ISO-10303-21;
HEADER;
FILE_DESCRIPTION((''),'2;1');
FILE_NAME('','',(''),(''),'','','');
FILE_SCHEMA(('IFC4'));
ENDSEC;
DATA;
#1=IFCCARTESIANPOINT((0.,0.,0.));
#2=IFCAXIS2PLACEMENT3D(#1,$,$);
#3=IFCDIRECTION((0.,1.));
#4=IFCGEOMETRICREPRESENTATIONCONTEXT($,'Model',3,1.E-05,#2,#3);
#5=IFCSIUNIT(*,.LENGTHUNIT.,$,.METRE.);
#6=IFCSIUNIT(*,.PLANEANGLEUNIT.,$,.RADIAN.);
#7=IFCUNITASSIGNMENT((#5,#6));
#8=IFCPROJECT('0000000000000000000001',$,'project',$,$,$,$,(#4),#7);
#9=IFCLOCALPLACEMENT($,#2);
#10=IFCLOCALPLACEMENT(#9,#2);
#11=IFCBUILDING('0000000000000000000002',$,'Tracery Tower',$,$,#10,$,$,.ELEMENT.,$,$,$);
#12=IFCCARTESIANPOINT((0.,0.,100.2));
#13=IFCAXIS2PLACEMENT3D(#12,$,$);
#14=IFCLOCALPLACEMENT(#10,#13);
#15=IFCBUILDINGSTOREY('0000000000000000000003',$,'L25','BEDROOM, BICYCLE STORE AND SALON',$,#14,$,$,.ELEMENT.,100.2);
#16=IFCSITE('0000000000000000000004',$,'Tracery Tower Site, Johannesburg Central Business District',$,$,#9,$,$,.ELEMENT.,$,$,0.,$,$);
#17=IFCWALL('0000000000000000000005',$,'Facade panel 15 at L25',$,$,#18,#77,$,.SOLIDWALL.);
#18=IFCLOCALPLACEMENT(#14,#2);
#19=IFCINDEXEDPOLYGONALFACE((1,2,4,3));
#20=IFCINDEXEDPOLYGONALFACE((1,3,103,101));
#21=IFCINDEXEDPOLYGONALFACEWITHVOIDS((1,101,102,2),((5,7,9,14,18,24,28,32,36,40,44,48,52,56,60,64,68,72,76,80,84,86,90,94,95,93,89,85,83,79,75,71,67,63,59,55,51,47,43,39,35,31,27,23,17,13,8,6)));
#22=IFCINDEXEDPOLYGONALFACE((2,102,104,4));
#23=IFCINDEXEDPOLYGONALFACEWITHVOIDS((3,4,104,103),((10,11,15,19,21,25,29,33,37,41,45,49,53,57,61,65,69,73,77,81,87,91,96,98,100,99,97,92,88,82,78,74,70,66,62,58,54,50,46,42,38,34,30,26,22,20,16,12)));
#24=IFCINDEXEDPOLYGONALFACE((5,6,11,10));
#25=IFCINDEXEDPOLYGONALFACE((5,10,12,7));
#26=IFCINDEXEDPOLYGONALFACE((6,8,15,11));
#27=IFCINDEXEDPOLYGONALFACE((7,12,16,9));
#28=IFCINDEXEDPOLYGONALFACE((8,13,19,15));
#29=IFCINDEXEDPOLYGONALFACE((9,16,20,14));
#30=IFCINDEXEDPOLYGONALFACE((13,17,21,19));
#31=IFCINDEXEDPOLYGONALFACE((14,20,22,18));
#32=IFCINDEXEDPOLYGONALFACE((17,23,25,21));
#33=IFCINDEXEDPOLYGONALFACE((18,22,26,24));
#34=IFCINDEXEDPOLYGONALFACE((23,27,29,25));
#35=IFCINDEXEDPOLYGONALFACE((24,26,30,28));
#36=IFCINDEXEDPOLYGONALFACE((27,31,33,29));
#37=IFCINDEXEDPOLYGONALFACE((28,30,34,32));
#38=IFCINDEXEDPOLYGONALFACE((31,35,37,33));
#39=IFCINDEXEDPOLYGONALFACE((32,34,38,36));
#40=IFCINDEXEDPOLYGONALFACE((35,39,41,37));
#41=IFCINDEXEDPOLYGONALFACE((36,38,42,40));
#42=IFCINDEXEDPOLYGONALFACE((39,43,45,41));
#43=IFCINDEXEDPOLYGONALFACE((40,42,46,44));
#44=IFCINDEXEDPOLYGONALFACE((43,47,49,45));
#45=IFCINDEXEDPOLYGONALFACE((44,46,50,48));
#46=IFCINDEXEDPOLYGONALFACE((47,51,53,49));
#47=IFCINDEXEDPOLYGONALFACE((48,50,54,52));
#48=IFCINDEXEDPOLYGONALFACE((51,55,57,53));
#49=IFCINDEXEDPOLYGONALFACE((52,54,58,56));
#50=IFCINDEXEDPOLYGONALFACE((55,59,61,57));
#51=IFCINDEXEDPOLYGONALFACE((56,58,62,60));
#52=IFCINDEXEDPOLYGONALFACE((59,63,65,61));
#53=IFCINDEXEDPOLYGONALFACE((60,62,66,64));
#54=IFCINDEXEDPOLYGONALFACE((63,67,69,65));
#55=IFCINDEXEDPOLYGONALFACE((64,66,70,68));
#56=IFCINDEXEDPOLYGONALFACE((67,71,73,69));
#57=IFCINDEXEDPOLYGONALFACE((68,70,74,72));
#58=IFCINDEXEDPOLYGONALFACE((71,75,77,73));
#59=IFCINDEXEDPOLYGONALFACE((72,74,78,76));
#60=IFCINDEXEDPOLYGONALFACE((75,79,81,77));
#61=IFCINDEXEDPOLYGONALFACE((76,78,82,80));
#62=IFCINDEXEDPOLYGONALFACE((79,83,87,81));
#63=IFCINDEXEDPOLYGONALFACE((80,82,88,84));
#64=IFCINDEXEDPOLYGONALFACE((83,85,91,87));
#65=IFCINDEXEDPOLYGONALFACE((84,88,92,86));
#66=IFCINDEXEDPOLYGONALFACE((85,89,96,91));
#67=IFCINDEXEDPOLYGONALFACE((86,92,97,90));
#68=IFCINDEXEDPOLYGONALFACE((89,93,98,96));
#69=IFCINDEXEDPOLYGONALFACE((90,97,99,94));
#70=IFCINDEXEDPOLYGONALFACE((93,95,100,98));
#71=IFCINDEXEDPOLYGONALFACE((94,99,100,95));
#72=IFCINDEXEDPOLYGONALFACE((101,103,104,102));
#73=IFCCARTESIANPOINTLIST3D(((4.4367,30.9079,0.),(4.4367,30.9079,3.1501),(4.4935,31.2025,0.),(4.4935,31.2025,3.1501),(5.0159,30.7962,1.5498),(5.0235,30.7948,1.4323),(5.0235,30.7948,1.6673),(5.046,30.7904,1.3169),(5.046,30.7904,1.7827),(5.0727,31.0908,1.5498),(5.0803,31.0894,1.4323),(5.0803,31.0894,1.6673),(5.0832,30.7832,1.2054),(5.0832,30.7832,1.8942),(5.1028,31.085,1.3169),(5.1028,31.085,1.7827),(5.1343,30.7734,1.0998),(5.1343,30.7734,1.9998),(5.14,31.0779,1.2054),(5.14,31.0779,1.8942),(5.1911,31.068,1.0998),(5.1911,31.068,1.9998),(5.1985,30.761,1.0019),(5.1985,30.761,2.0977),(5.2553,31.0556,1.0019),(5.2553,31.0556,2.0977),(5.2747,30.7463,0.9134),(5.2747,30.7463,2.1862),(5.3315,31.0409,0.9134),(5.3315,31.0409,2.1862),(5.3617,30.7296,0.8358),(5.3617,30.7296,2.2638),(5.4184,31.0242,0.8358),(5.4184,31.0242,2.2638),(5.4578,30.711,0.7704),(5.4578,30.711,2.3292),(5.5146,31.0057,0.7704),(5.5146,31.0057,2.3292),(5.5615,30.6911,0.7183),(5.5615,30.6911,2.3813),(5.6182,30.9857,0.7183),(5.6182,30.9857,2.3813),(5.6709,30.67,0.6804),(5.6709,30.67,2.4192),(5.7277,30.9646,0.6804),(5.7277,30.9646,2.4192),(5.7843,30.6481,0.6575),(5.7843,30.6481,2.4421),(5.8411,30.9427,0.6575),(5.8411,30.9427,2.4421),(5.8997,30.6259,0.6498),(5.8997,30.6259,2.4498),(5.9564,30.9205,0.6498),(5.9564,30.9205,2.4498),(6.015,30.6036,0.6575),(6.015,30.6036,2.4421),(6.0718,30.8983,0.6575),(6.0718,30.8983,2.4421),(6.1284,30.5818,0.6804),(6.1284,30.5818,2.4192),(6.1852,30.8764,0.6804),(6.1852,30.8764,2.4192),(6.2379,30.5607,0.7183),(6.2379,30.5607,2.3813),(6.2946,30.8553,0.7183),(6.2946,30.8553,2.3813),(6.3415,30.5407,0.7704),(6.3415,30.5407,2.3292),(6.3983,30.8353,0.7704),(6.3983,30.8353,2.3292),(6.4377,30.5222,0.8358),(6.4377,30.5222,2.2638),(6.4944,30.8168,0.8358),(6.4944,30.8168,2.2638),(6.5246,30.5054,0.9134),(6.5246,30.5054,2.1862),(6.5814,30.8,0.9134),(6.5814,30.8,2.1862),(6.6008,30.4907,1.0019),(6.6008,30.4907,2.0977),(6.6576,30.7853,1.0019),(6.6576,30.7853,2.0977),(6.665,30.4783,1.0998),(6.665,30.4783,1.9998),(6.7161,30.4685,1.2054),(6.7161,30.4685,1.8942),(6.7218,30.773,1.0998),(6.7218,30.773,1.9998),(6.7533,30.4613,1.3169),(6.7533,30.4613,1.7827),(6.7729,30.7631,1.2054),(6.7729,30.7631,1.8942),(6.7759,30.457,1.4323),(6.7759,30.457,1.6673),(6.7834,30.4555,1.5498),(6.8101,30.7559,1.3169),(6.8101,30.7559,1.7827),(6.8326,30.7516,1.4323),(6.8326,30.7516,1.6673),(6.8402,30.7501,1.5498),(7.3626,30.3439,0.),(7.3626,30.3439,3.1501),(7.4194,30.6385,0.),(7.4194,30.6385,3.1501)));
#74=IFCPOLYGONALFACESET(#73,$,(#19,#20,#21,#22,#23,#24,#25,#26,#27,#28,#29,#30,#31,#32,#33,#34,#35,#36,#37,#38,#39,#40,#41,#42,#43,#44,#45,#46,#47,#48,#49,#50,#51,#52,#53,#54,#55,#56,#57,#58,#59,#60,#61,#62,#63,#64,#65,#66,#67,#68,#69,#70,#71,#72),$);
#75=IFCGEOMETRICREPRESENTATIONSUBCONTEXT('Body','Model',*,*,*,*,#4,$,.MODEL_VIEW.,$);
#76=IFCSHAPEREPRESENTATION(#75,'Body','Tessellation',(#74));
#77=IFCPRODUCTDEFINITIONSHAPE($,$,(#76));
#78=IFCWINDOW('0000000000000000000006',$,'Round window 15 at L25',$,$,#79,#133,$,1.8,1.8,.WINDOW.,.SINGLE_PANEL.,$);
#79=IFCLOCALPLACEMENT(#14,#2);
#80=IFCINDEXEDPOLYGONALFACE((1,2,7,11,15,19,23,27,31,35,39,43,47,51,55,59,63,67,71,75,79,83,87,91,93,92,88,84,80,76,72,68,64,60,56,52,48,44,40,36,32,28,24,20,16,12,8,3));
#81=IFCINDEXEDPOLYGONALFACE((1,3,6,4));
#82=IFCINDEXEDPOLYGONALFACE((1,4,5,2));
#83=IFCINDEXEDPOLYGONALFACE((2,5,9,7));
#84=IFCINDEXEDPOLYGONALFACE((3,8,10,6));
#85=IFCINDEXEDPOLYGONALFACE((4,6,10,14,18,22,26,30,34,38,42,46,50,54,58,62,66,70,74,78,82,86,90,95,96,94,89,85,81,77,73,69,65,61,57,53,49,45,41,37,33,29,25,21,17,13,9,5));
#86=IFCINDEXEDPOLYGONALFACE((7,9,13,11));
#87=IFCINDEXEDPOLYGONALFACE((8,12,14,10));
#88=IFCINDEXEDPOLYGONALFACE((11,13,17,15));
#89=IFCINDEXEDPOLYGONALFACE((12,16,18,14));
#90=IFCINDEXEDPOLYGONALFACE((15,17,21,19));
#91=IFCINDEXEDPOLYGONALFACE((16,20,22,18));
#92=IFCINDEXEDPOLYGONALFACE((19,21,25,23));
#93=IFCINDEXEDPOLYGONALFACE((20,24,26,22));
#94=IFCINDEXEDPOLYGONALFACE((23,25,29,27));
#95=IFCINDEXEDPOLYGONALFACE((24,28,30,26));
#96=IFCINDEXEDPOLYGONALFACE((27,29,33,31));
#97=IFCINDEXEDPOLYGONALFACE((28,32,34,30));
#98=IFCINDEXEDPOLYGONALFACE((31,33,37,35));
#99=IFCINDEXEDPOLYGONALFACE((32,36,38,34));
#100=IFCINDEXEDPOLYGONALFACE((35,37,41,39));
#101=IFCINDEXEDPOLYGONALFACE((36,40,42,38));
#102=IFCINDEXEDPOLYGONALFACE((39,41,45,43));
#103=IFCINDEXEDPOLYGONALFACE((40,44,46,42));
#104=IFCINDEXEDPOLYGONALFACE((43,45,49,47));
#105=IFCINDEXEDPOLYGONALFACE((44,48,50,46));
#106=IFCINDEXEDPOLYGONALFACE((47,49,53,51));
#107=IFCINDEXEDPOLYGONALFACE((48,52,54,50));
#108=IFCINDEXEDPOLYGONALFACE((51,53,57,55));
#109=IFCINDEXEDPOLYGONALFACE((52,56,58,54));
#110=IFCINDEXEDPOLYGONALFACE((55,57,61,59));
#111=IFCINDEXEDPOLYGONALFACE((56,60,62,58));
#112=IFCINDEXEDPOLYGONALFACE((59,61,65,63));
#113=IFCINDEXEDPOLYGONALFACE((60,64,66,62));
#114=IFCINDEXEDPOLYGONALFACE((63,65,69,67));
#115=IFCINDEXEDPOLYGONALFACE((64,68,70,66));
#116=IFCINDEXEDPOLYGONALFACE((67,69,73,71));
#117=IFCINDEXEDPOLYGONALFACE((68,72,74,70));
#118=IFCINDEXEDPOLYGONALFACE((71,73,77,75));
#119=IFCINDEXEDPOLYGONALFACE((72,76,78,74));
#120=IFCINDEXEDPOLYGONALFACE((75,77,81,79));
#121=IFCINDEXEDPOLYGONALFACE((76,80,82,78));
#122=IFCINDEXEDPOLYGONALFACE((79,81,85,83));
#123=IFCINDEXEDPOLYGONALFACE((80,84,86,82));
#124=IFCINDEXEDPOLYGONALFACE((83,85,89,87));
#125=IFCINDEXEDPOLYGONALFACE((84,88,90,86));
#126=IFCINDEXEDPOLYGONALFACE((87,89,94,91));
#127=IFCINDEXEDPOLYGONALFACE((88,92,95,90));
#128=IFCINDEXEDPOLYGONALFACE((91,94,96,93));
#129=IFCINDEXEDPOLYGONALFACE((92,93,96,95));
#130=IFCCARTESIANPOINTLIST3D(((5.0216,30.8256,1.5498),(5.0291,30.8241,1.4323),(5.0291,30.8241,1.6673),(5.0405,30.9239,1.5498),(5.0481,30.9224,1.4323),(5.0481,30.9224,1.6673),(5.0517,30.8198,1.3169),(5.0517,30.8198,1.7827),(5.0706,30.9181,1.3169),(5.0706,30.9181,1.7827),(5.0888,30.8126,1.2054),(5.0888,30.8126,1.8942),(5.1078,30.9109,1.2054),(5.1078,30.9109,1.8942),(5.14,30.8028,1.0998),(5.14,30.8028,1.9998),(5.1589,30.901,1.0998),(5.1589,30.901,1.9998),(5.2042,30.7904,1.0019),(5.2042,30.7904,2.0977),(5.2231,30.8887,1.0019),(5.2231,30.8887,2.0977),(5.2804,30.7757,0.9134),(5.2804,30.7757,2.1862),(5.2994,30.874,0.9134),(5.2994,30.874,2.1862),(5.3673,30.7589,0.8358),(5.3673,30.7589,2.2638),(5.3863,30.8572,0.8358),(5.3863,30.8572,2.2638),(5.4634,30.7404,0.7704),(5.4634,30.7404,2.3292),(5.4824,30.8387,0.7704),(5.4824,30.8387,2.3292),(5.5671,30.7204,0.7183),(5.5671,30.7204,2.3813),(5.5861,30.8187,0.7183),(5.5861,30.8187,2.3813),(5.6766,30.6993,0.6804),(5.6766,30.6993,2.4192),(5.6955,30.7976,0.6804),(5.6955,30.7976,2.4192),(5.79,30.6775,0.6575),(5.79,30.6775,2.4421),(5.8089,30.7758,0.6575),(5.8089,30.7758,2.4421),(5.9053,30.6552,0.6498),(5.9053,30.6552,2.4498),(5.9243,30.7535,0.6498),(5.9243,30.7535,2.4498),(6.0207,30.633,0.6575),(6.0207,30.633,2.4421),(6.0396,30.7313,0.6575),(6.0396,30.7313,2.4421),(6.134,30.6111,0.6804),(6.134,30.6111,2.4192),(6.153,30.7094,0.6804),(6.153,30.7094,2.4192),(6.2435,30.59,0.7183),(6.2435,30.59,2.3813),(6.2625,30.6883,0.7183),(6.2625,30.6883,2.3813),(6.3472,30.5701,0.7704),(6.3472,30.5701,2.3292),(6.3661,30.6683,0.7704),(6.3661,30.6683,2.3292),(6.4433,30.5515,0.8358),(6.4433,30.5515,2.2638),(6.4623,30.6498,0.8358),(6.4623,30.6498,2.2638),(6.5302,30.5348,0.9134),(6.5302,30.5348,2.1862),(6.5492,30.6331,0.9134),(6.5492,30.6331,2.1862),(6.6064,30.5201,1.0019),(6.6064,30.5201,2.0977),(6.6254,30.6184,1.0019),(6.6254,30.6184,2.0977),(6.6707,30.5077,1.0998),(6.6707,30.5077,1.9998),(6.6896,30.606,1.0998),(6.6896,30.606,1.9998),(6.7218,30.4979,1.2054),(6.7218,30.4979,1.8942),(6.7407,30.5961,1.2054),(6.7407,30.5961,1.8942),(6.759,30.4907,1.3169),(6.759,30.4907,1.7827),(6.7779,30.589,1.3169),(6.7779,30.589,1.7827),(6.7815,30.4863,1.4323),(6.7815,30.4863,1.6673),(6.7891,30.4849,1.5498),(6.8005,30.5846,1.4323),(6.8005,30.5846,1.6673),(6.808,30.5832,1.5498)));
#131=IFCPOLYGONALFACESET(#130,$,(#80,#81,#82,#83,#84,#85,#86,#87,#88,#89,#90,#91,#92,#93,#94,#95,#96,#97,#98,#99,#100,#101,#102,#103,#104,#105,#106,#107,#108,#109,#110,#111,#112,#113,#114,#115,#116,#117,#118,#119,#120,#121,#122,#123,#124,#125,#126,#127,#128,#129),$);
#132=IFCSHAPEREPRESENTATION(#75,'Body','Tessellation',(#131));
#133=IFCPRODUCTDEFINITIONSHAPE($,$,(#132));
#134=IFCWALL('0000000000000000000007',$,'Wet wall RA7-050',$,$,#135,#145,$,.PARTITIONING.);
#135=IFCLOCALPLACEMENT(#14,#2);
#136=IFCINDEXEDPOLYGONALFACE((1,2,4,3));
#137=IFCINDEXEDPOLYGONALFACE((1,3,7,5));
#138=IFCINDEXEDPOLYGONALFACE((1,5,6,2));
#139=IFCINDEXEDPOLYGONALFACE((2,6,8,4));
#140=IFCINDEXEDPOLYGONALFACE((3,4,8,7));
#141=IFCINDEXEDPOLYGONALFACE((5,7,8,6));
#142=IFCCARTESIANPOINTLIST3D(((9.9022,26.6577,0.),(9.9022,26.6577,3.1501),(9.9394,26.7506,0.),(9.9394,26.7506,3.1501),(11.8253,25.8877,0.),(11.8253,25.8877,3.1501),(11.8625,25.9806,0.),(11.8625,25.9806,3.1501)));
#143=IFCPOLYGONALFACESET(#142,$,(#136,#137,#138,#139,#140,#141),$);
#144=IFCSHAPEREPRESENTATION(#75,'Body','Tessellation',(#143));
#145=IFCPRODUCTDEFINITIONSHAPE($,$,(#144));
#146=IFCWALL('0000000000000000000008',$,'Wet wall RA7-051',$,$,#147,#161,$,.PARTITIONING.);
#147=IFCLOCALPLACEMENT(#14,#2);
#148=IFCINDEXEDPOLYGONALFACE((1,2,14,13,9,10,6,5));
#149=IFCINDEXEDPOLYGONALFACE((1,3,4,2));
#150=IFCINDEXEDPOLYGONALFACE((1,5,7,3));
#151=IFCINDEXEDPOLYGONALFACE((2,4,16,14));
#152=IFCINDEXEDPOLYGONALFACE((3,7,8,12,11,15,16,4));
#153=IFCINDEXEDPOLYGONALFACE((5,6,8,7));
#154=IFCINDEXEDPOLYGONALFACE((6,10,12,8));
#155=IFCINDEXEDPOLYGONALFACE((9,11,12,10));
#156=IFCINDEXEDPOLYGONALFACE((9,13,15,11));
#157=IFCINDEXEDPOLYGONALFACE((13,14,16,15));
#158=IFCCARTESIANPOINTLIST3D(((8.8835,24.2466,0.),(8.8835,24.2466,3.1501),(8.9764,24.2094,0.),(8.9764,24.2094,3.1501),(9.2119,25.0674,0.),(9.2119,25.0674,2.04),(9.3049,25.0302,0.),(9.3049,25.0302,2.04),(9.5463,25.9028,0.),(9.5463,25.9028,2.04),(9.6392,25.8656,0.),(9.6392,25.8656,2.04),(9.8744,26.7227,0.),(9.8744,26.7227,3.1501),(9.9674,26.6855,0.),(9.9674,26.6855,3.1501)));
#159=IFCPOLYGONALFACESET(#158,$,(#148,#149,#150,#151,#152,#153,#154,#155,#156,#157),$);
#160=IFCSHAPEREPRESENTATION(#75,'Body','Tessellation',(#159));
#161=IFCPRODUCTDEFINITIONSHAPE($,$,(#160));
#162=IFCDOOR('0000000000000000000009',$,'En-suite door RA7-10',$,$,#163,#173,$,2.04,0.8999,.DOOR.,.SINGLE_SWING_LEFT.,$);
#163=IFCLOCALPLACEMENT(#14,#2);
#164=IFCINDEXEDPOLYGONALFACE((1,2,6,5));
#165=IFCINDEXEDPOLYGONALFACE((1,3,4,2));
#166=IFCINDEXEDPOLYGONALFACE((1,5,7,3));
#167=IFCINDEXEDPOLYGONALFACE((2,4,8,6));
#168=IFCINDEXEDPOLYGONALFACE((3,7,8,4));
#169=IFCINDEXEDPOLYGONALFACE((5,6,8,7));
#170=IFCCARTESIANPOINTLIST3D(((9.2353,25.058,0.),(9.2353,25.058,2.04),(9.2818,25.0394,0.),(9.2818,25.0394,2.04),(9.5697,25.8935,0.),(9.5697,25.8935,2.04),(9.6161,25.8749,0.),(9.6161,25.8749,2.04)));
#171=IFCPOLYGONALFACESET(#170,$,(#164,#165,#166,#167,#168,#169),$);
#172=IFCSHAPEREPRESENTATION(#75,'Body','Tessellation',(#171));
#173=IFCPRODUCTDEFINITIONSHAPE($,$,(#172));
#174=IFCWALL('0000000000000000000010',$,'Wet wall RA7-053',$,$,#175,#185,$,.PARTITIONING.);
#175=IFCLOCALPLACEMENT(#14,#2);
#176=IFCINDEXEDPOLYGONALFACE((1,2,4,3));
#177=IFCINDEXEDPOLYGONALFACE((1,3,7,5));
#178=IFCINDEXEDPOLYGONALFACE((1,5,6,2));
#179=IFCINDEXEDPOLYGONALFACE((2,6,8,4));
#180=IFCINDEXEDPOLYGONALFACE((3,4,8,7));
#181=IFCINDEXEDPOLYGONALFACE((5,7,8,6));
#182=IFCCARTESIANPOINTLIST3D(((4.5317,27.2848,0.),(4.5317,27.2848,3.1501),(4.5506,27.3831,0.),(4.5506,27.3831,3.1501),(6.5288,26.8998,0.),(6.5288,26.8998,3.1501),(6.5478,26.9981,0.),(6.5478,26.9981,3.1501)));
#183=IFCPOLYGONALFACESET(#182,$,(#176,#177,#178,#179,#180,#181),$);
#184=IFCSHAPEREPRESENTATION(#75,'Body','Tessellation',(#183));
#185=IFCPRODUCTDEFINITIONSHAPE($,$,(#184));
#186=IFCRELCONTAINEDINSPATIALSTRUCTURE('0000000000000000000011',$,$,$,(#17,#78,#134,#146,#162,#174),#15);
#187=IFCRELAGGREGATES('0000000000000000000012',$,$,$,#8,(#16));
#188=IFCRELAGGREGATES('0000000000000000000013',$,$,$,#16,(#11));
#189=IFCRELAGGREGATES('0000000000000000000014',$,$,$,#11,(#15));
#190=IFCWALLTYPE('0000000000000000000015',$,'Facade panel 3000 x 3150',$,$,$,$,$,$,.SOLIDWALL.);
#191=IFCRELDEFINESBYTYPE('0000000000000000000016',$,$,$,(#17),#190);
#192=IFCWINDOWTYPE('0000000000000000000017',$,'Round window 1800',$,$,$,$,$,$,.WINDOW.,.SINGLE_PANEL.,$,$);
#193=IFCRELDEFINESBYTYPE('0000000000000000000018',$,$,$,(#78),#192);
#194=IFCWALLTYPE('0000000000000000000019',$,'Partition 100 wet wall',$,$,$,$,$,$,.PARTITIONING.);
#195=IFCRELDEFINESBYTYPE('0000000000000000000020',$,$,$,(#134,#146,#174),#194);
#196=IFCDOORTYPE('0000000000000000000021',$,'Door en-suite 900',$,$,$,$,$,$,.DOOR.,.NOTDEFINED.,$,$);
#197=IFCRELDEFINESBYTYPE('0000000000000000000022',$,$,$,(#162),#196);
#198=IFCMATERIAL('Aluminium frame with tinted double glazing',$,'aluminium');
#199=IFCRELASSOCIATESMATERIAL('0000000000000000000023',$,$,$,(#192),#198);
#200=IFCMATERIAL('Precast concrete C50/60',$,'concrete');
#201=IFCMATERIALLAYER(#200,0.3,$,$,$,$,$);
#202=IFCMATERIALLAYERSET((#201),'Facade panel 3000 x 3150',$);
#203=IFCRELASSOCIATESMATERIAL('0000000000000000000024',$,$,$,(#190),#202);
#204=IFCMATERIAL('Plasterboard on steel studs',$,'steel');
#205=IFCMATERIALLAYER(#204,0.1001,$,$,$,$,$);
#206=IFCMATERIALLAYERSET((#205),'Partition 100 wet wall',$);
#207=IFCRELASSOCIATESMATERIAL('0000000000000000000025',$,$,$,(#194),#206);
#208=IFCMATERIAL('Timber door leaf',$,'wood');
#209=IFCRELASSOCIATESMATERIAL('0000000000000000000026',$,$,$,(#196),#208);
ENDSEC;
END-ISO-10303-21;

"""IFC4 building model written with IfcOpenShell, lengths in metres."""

from ifc_helpers import new_model, si_unit, direction, frame, frame_2d, origin, origin_2d, place, context, subcontext, project, spatial, rectangle, circle, extrude, material, layer, layer_set, type_object, element, fill, save


model = new_model("IFC4")

# Units and contexts
model_context = context("Model", 3, precision=1e-05, world=origin(), true_north=direction((0.0, 1.0)))
body_context = subcontext(model_context, "Body", "Model", "MODEL_VIEW")
ifc_project = project(units=[si_unit("LENGTHUNIT", "METRE"), si_unit("PLANEANGLEUNIT", "RADIAN")], contexts=[model_context])

# Site, building, storey
site_placement = place(None, origin())
site = spatial("IfcSite", under=ifc_project, at=site_placement, Name="Tracery Tower Site, Johannesburg Central Business District", CompositionType="ELEMENT", RefElevation=0.0)
building_placement = place(site_placement, origin())
building = spatial("IfcBuilding", under=site, at=building_placement, Name="Tracery Tower", CompositionType="ELEMENT")
storey_placement = place(building_placement, frame((0.0, 0.0, 100.2)))
storey = spatial("IfcBuildingStorey", under=building, at=storey_placement, Name="L25", Description="BEDROOM, BICYCLE STORE AND SALON", CompositionType="ELEMENT", Elevation=100.2)

# Wall, opening, window
ifc_material_1 = material(Name="Aluminium frame with tinted double glazing", Category="aluminium")
window_type = type_object("IfcWindowType", Name="Round window 1800", PartitioningType="SINGLE_PANEL", PredefinedType="WINDOW", material=ifc_material_1)
ifc_material_2 = material(Name="Precast concrete C50/60", Category="concrete")
ifc_layer_1 = layer(ifc_material_2, 0.3)
ifc_layer_set_1 = layer_set([ifc_layer_1], Name="Facade panel 3000 x 3150")
wall_type_1 = type_object("IfcWallType", Name="Facade panel 3000 x 3150", PredefinedType="SOLIDWALL", material=ifc_layer_set_1)
wall_1_placement = place(storey_placement, frame((7.3909, 30.4912, 0.0), z_axis=(0.0, 0.0, 1.0), x_axis=(-0.981925, 0.189273, 0.0)))
wall_1 = element("IfcWall", 1, at=wall_1_placement, inside=storey, type_object=wall_type_1, Name="Facade panel 15 at L25", PredefinedType="SOLIDWALL", context=body_context, shape_type="SweptSolid", body=[
    extrude(rectangle(XDim=2.9797, YDim=0.3, at=frame_2d((1.4897, 0.0))), origin(), (0.0, 0.0, 1.0), 3.1501),
])
opening_1_placement = place(wall_1_placement, frame((1.4897, 0.0, 1.5498)))
opening_1 = element("IfcOpeningElement", 2, at=opening_1_placement, cuts=wall_1, PredefinedType="OPENING", context=body_context, shape_type="SweptSolid", body=[
    extrude(circle(Radius=0.9, at=origin_2d()), frame((0.0, 0.1599, 0.0), z_axis=(0.0, -1.0, 0.0), x_axis=(1.0, 0.0, 0.0)), (0.0, 0.0, 1.0), 0.3201),
])
window_1_placement = place(opening_1_placement, origin())
window_1 = element("IfcWindow", 3, at=window_1_placement, inside=storey, type_object=window_type, Name="Round window 15 at L25", OverallHeight=1.8, OverallWidth=1.8, PartitioningType="SINGLE_PANEL", PredefinedType="WINDOW", context=body_context, shape_type="SweptSolid", body=[
    extrude(circle(Radius=0.9, at=origin_2d()), frame((0.0, 0.1201, 0.0), z_axis=(0.0, -1.0, 0.0), x_axis=(1.0, 0.0, 0.0)), (0.0, 0.0, 1.0), 0.1001),
])
fill(opening_1, window_1)

# Wall
ifc_material_3 = material(Name="Plasterboard on steel studs", Category="steel")
ifc_layer_2 = layer(ifc_material_3, 0.1001)
ifc_layer_set_2 = layer_set([ifc_layer_2], Name="Partition 100 wet wall")
wall_type_2 = type_object("IfcWallType", Name="Partition 100 wet wall", PredefinedType="PARTITIONING", material=ifc_layer_set_2)
wall_2_placement = place(storey_placement, frame((9.9209, 26.7041, 0.0), z_axis=(0.0, 0.0, 1.0), x_axis=(0.928347, -0.371716, 0.0)))
element("IfcWall", 4, at=wall_2_placement, inside=storey, type_object=wall_type_2, Name="Wet wall RA7-050", PredefinedType="PARTITIONING", context=body_context, shape_type="SweptSolid", body=[
    extrude(rectangle(XDim=2.0715, YDim=0.1001, at=frame_2d((1.0356, 0.0))), origin(), (0.0, 0.0, 1.0), 3.1501),
])

# Wall, opening, door
wall_3_placement = place(storey_placement, frame((8.9299, 24.228, 0.0), z_axis=(0.0, 0.0, 1.0), x_axis=(0.371564, 0.928407, 0.0)))
wall_3 = element("IfcWall", 5, at=wall_3_placement, inside=storey, type_object=wall_type_2, Name="Wet wall RA7-051", PredefinedType="PARTITIONING", context=body_context, shape_type="SweptSolid", body=[
    extrude(rectangle(XDim=2.667, YDim=0.1001, at=frame_2d((1.3335, 0.0))), origin(), (0.0, 0.0, 1.0), 3.1501),
])
opening_2_placement = place(wall_3_placement, frame((0.884, 0.0, 0.0)))
opening_2 = element("IfcOpeningElement", 6, at=opening_2_placement, cuts=wall_3, PredefinedType="OPENING", context=body_context, shape_type="SweptSolid", body=[
    extrude(rectangle(XDim=0.8999, YDim=2.04, at=frame_2d((0.45, 1.02))), frame((0.0, 0.05, 0.0), z_axis=(0.0, -1.0, 0.0), x_axis=(1.0, 0.0, 0.0)), (0.0, 0.0, 1.0), 0.1001),
])
ifc_material_4 = material(Name="Timber door leaf", Category="wood")
door_type_1 = type_object("IfcDoorType", Name="Door en-suite 900", OperationType="NOTDEFINED", PredefinedType="DOOR", material=ifc_material_4)
door_1_placement = place(opening_2_placement, origin())
door_1 = element("IfcDoor", 7, at=door_1_placement, inside=storey, type_object=door_type_1, Name="En-suite door RA7-10", OperationType="SINGLE_SWING_LEFT", OverallHeight=2.04, OverallWidth=0.8999, PredefinedType="DOOR", context=body_context, shape_type="SweptSolid", body=[
    extrude(rectangle(XDim=0.8999, YDim=2.04, at=frame_2d((0.45, 1.02))), frame((0.0, 0.0249, 0.0), z_axis=(0.0, -1.0, 0.0), x_axis=(1.0, 0.0, 0.0)), (0.0, 0.0, 1.0), 0.05),
])
fill(opening_2, door_1)

# Wall
wall_4_placement = place(storey_placement, frame((4.541, 27.334, 0.0), z_axis=(0.0, 0.0, 1.0), x_axis=(0.981919, -0.189302, 0.0)))
element("IfcWall", 8, at=wall_4_placement, inside=storey, type_object=wall_type_2, Name="Wet wall RA7-053", PredefinedType="PARTITIONING", context=body_context, shape_type="SweptSolid", body=[
    extrude(rectangle(XDim=2.0339, YDim=0.1001, at=frame_2d((1.0171, 0.0))), origin(), (0.0, 0.0, 1.0), 3.1501),
])

save(model, "model.ifc")
